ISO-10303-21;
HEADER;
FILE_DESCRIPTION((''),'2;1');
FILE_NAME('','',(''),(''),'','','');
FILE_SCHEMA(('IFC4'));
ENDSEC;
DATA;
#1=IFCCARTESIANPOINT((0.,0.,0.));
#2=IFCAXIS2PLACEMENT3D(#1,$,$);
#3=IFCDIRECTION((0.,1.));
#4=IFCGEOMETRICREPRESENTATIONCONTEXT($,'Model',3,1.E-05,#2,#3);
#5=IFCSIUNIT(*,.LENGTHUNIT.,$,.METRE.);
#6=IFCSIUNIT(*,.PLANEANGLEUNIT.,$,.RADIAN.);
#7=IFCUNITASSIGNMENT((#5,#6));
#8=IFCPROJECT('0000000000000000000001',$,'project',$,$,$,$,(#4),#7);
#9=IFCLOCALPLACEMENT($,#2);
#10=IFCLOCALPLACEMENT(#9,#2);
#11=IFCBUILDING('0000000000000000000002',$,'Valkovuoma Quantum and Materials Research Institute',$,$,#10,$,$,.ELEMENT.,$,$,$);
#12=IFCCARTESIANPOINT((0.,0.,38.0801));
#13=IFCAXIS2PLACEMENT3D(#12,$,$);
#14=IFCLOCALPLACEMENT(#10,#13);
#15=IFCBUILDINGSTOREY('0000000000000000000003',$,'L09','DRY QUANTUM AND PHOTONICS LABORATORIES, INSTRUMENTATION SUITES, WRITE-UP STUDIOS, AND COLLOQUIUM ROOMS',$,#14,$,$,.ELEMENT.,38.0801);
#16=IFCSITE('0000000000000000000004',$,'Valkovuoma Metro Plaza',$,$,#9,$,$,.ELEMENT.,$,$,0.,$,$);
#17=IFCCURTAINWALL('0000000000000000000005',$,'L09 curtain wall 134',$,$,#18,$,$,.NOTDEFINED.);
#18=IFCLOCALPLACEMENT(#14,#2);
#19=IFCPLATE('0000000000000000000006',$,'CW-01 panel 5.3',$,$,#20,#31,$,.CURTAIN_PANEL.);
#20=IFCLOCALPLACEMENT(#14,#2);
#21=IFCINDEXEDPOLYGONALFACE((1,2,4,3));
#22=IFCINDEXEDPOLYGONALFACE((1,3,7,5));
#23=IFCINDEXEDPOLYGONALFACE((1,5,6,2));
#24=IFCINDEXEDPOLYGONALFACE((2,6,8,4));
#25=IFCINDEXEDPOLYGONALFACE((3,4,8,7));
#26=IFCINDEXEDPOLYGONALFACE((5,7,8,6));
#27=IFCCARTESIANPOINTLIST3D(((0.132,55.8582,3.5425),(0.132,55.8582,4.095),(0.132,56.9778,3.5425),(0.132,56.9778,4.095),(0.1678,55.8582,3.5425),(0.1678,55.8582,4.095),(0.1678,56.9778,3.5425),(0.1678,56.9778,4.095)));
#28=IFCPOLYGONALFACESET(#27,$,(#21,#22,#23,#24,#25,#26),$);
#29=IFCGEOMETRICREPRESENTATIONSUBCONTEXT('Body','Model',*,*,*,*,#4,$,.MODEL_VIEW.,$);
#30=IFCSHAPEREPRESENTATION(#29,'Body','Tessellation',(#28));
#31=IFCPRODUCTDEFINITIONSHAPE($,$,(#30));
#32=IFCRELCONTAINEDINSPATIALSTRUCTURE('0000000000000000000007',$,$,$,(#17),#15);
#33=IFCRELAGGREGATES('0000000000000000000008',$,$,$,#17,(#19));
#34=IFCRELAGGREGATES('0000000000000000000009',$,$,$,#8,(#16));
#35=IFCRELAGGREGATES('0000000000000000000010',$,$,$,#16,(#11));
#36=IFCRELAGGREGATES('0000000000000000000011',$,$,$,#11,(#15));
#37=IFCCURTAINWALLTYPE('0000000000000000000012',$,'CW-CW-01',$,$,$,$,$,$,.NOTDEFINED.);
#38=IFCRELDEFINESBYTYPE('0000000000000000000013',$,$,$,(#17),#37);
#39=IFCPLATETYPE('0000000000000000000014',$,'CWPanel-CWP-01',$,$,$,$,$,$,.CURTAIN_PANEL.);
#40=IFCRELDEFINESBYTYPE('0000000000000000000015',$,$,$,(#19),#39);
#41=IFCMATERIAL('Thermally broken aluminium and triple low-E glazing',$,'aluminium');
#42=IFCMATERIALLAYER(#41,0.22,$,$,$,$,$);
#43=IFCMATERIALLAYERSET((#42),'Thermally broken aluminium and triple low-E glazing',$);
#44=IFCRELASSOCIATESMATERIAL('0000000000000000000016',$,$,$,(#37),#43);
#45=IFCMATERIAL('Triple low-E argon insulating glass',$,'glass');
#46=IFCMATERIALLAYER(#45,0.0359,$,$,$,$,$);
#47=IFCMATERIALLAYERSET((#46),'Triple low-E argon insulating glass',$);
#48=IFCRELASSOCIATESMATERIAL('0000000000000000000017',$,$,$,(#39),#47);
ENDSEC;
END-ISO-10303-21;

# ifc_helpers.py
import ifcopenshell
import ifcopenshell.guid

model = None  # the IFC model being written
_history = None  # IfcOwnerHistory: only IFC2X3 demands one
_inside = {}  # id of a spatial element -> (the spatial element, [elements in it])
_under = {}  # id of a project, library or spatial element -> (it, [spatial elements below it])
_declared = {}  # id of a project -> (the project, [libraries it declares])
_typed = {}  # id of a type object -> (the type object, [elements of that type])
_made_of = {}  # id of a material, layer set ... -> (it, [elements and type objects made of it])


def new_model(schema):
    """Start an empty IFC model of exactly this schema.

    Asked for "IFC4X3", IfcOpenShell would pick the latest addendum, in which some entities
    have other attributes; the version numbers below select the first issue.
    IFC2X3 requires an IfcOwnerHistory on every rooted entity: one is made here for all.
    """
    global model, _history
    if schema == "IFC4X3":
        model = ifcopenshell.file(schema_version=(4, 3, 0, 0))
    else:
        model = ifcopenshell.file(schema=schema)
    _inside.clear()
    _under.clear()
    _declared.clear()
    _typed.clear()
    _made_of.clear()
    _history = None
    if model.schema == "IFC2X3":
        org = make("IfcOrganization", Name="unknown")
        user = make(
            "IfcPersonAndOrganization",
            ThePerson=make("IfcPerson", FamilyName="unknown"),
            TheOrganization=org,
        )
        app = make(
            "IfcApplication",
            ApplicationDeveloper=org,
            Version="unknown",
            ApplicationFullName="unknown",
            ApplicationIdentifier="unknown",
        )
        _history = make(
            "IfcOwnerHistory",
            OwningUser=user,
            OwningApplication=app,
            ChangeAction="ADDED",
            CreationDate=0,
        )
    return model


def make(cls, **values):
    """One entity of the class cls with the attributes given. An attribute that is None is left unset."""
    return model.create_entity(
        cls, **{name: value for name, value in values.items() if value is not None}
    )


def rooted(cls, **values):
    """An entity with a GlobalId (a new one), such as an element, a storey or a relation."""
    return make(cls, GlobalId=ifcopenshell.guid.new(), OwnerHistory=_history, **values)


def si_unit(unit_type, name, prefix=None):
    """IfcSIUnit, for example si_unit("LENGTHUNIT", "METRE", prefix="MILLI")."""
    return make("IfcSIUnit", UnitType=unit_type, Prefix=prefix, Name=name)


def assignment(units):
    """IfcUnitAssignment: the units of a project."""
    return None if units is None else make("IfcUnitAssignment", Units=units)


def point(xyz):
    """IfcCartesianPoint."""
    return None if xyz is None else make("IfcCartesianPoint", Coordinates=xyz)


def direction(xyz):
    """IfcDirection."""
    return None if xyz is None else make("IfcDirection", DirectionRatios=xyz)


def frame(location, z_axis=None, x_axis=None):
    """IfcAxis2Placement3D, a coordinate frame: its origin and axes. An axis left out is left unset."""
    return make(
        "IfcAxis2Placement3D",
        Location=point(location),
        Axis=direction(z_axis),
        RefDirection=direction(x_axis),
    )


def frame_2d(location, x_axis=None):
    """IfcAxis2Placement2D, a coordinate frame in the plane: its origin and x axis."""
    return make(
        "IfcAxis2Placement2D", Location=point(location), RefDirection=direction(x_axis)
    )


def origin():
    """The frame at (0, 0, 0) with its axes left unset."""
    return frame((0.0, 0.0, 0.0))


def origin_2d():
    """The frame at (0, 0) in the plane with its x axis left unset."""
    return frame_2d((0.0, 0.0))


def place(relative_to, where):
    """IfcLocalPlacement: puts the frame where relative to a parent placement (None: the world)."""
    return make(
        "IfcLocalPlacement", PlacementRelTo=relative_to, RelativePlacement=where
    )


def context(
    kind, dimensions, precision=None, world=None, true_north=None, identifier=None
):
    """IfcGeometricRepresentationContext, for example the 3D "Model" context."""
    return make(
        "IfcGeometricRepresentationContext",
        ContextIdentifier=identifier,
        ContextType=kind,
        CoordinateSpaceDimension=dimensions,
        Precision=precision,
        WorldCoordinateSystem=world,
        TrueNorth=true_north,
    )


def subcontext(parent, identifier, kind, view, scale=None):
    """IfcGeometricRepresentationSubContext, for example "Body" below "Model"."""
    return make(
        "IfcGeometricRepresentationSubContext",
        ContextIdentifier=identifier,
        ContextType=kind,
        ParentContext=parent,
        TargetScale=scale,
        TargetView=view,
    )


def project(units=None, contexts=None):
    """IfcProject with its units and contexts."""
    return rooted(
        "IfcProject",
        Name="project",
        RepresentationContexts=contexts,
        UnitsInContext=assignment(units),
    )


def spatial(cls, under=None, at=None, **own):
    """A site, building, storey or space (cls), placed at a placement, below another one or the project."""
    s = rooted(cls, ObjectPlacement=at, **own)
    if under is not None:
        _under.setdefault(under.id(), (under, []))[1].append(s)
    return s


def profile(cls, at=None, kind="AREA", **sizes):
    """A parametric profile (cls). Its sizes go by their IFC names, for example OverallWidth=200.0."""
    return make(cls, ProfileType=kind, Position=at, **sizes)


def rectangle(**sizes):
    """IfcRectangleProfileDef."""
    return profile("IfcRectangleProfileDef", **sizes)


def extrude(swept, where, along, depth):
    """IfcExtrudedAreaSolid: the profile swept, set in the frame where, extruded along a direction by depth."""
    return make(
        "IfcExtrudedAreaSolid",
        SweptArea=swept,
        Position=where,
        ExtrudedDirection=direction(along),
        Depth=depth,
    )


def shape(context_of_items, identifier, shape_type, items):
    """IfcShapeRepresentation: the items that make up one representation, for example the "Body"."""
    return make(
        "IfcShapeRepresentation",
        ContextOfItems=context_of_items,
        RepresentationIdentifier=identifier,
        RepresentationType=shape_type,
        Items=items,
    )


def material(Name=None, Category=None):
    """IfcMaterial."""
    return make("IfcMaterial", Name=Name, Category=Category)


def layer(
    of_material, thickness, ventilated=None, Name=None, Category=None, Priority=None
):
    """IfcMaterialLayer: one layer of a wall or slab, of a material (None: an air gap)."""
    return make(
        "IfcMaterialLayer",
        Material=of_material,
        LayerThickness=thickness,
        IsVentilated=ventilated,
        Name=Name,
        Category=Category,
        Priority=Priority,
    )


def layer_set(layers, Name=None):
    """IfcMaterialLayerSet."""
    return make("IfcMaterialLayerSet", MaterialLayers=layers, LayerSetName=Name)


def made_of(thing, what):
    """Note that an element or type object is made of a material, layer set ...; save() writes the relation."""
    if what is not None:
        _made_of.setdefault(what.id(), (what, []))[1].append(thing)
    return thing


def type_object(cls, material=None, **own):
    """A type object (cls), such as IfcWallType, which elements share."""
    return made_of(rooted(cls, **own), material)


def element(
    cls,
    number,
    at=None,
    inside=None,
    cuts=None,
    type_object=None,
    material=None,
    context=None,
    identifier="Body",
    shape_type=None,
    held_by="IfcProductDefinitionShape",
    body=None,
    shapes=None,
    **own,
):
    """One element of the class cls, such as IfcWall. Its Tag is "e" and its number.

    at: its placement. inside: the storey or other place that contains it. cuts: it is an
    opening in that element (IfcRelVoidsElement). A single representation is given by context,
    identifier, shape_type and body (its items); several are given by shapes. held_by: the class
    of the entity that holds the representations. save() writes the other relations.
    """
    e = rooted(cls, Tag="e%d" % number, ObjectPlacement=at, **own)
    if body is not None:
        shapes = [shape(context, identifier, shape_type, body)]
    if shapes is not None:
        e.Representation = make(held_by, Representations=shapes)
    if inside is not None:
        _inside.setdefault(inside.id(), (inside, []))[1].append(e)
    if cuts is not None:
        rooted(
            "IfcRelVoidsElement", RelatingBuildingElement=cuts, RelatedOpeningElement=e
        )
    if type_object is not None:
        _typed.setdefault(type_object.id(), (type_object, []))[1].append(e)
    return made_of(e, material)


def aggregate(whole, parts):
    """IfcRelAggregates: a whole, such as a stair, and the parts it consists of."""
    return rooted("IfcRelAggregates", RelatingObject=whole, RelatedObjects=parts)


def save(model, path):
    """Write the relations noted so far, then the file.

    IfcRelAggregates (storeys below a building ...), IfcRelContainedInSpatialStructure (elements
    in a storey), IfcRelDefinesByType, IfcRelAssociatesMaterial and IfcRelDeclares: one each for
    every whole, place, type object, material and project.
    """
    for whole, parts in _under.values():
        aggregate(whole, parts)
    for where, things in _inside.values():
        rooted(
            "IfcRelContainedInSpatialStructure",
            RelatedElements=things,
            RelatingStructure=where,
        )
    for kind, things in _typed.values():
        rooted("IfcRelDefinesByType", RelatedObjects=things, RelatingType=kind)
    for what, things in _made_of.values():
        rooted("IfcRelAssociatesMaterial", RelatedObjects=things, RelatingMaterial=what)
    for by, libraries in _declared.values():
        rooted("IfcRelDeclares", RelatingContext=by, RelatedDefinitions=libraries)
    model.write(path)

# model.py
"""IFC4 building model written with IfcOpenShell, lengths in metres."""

from ifc_helpers import new_model, si_unit, direction, frame, origin, origin_2d, place, context, subcontext, project, spatial, rectangle, extrude, material, layer, layer_set, type_object, element, aggregate, save


model = new_model("IFC4")

# Units and contexts
model_context = context("Model", 3, precision=1e-05, world=origin(), true_north=direction((0.0, 1.0)))
body_context = subcontext(model_context, "Body", "Model", "MODEL_VIEW")
ifc_project = project(units=[si_unit("LENGTHUNIT", "METRE"), si_unit("PLANEANGLEUNIT", "RADIAN")], contexts=[model_context])

# Site, building, storey
site_placement = place(None, origin())
site = spatial("IfcSite", under=ifc_project, at=site_placement, Name="Valkovuoma Metro Plaza", CompositionType="ELEMENT", RefElevation=0.0)
building_placement = place(site_placement, origin())
building = spatial("IfcBuilding", under=site, at=building_placement, Name="Valkovuoma Quantum and Materials Research Institute", CompositionType="ELEMENT")
storey_placement = place(building_placement, frame((0.0, 0.0, 38.0801)))
storey = spatial("IfcBuildingStorey", under=building, at=storey_placement, Name="L09", Description="DRY QUANTUM AND PHOTONICS LABORATORIES, INSTRUMENTATION SUITES, WRITE-UP STUDIOS, AND COLLOQUIUM ROOMS", CompositionType="ELEMENT", Elevation=38.0801)

# Curtain wall, plate
ifc_material_1 = material(Name="Thermally broken aluminium and triple low-E glazing", Category="aluminium")
ifc_layer_1 = layer(ifc_material_1, 0.22)
ifc_layer_set_1 = layer_set([ifc_layer_1], Name="Thermally broken aluminium and triple low-E glazing")
curtain_wall_type = type_object("IfcCurtainWallType", Name="CW-CW-01", PredefinedType="NOTDEFINED", material=ifc_layer_set_1)
curtain_wall_placement = place(storey_placement, origin())
curtain_wall = element("IfcCurtainWall", 1, at=curtain_wall_placement, inside=storey, type_object=curtain_wall_type, Name="L09 curtain wall 134", PredefinedType="NOTDEFINED")
ifc_material_2 = material(Name="Triple low-E argon insulating glass", Category="glass")
ifc_layer_2 = layer(ifc_material_2, 0.0359)
ifc_layer_set_2 = layer_set([ifc_layer_2], Name="Triple low-E argon insulating glass")
plate_type = type_object("IfcPlateType", Name="CWPanel-CWP-01", PredefinedType="CURTAIN_PANEL", material=ifc_layer_set_2)
plate_1_placement = place(storey_placement, frame((0.1499, 56.418, 3.5425), z_axis=(0.0, 0.0, 1.0), x_axis=(0.0, 1.0, 0.0)))
plate_1 = element("IfcPlate", 2, at=plate_1_placement, type_object=plate_type, Name="CW-01 panel 5.3", PredefinedType="CURTAIN_PANEL", context=body_context, shape_type="SweptSolid", body=[
    extrude(rectangle(XDim=1.1196, YDim=0.0359, at=origin_2d()), origin(), (0.0, 0.0, 1.0), 0.5525),
])
aggregate(curtain_wall, [plate_1])

save(model, "model.ifc")
